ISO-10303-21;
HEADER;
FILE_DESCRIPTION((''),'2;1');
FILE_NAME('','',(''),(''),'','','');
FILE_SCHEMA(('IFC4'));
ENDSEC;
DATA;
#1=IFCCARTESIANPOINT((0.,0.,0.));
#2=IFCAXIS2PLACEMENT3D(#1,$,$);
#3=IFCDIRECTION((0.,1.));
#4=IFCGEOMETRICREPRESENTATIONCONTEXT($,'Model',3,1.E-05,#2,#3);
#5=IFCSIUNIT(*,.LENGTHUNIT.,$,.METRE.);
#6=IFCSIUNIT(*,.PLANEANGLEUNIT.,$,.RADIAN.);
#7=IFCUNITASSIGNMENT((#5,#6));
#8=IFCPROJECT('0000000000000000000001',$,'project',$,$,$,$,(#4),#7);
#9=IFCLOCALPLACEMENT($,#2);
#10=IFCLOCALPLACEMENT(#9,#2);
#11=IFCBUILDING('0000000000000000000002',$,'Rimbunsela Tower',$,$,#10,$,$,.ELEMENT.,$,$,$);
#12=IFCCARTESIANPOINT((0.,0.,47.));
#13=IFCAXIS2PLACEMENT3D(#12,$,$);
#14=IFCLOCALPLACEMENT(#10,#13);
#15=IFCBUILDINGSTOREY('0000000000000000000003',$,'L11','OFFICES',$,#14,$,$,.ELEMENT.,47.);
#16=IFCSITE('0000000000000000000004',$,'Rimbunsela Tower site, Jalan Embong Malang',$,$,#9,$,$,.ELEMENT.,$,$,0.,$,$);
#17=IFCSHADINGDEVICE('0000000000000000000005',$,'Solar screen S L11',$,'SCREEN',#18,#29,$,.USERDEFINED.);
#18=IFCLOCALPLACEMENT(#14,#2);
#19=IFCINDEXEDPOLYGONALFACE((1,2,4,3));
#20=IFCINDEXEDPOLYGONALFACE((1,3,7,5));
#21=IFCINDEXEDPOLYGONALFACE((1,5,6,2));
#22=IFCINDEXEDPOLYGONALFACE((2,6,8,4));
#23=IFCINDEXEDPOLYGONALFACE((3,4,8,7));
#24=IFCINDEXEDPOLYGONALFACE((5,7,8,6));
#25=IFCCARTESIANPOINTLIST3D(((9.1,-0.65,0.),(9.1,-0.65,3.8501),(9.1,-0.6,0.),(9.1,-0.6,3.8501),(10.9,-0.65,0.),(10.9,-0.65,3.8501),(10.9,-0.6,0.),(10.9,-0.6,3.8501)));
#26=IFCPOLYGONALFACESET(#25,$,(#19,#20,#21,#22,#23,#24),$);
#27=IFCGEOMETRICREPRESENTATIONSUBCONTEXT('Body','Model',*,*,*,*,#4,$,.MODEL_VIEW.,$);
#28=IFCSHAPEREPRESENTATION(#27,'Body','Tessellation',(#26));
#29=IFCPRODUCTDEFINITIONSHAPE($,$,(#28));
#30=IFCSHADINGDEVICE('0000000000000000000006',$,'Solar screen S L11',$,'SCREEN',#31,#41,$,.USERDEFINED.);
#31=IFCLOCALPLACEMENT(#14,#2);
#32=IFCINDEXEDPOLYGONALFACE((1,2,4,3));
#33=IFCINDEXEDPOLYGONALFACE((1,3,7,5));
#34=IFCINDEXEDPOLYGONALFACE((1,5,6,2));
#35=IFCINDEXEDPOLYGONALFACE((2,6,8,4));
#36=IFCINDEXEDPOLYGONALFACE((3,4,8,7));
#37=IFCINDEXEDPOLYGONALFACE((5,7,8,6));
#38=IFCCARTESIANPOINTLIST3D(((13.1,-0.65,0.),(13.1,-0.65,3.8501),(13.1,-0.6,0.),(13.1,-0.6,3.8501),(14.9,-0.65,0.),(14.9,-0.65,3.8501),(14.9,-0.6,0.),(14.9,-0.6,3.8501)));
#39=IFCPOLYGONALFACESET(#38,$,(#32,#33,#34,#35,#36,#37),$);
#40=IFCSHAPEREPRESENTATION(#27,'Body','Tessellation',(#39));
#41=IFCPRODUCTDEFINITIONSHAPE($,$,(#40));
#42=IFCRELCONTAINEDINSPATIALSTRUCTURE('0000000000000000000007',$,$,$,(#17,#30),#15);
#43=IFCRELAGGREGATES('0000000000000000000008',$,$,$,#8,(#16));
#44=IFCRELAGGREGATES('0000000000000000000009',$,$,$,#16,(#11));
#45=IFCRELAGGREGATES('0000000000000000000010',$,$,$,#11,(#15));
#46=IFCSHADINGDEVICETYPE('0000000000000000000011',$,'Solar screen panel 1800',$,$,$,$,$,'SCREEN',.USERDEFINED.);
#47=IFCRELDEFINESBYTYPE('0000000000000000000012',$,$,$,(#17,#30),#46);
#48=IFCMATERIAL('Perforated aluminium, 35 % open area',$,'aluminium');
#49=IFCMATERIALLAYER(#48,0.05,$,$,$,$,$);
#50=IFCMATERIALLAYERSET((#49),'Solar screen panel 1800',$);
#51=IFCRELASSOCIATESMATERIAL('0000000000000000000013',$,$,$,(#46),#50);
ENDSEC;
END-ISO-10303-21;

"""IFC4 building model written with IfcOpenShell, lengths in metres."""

from ifc_helpers import new_model, si_unit, direction, frame, origin, origin_2d, place, context, subcontext, project, spatial, rectangle, extrude, material, layer, layer_set, type_object, element, save


model = new_model("IFC4")

# Units and contexts
model_context = context("Model", 3, precision=1e-05, world=origin(), true_north=direction((0.0, 1.0)))
body_context = subcontext(model_context, "Body", "Model", "MODEL_VIEW")
ifc_project = project(units=[si_unit("LENGTHUNIT", "METRE"), si_unit("PLANEANGLEUNIT", "RADIAN")], contexts=[model_context])

# Site, building, storey
site_placement = place(None, origin())
site = spatial("IfcSite", under=ifc_project, at=site_placement, Name="Rimbunsela Tower site, Jalan Embong Malang", CompositionType="ELEMENT", RefElevation=0.0)
building_placement = place(site_placement, origin())
building = spatial("IfcBuilding", under=site, at=building_placement, Name="Rimbunsela Tower", CompositionType="ELEMENT")
storey_placement = place(building_placement, frame((0.0, 0.0, 47.0)))
storey = spatial("IfcBuildingStorey", under=building, at=storey_placement, Name="L11", Description="OFFICES", CompositionType="ELEMENT", Elevation=47.0)

# Shading devices
ifc_material_1 = material(Name="Perforated aluminium, 35 % open area", Category="aluminium")
ifc_layer_1 = layer(ifc_material_1, 0.05)
ifc_layer_set_1 = layer_set([ifc_layer_1], Name="Solar screen panel 1800")
shading_device_type = type_object("IfcShadingDeviceType", Name="Solar screen panel 1800", ElementType="SCREEN", PredefinedType="USERDEFINED", material=ifc_layer_set_1)
for number, where, z_axis, x_axis, name in (
    (1, (10.0, -0.625, 0.0), (0.0, 0.0, 1.0), (1.0, 0.0, 0.0), "Solar screen S L11"),
    (2, (14.0, -0.625, 0.0), (0.0, 0.0, 1.0), (1.0, 0.0, 0.0), "Solar screen S L11"),
):
    element("IfcShadingDevice", number, at=place(storey_placement, frame(where, z_axis=z_axis, x_axis=x_axis)), inside=storey, type_object=shading_device_type, Name=name, ObjectType="SCREEN", PredefinedType="USERDEFINED", context=body_context, shape_type="SweptSolid", body=[
        extrude(rectangle(XDim=1.8, YDim=0.05, at=origin_2d()), origin(), (0.0, 0.0, 1.0), 3.8501),
    ])

save(model, "model.ifc")
